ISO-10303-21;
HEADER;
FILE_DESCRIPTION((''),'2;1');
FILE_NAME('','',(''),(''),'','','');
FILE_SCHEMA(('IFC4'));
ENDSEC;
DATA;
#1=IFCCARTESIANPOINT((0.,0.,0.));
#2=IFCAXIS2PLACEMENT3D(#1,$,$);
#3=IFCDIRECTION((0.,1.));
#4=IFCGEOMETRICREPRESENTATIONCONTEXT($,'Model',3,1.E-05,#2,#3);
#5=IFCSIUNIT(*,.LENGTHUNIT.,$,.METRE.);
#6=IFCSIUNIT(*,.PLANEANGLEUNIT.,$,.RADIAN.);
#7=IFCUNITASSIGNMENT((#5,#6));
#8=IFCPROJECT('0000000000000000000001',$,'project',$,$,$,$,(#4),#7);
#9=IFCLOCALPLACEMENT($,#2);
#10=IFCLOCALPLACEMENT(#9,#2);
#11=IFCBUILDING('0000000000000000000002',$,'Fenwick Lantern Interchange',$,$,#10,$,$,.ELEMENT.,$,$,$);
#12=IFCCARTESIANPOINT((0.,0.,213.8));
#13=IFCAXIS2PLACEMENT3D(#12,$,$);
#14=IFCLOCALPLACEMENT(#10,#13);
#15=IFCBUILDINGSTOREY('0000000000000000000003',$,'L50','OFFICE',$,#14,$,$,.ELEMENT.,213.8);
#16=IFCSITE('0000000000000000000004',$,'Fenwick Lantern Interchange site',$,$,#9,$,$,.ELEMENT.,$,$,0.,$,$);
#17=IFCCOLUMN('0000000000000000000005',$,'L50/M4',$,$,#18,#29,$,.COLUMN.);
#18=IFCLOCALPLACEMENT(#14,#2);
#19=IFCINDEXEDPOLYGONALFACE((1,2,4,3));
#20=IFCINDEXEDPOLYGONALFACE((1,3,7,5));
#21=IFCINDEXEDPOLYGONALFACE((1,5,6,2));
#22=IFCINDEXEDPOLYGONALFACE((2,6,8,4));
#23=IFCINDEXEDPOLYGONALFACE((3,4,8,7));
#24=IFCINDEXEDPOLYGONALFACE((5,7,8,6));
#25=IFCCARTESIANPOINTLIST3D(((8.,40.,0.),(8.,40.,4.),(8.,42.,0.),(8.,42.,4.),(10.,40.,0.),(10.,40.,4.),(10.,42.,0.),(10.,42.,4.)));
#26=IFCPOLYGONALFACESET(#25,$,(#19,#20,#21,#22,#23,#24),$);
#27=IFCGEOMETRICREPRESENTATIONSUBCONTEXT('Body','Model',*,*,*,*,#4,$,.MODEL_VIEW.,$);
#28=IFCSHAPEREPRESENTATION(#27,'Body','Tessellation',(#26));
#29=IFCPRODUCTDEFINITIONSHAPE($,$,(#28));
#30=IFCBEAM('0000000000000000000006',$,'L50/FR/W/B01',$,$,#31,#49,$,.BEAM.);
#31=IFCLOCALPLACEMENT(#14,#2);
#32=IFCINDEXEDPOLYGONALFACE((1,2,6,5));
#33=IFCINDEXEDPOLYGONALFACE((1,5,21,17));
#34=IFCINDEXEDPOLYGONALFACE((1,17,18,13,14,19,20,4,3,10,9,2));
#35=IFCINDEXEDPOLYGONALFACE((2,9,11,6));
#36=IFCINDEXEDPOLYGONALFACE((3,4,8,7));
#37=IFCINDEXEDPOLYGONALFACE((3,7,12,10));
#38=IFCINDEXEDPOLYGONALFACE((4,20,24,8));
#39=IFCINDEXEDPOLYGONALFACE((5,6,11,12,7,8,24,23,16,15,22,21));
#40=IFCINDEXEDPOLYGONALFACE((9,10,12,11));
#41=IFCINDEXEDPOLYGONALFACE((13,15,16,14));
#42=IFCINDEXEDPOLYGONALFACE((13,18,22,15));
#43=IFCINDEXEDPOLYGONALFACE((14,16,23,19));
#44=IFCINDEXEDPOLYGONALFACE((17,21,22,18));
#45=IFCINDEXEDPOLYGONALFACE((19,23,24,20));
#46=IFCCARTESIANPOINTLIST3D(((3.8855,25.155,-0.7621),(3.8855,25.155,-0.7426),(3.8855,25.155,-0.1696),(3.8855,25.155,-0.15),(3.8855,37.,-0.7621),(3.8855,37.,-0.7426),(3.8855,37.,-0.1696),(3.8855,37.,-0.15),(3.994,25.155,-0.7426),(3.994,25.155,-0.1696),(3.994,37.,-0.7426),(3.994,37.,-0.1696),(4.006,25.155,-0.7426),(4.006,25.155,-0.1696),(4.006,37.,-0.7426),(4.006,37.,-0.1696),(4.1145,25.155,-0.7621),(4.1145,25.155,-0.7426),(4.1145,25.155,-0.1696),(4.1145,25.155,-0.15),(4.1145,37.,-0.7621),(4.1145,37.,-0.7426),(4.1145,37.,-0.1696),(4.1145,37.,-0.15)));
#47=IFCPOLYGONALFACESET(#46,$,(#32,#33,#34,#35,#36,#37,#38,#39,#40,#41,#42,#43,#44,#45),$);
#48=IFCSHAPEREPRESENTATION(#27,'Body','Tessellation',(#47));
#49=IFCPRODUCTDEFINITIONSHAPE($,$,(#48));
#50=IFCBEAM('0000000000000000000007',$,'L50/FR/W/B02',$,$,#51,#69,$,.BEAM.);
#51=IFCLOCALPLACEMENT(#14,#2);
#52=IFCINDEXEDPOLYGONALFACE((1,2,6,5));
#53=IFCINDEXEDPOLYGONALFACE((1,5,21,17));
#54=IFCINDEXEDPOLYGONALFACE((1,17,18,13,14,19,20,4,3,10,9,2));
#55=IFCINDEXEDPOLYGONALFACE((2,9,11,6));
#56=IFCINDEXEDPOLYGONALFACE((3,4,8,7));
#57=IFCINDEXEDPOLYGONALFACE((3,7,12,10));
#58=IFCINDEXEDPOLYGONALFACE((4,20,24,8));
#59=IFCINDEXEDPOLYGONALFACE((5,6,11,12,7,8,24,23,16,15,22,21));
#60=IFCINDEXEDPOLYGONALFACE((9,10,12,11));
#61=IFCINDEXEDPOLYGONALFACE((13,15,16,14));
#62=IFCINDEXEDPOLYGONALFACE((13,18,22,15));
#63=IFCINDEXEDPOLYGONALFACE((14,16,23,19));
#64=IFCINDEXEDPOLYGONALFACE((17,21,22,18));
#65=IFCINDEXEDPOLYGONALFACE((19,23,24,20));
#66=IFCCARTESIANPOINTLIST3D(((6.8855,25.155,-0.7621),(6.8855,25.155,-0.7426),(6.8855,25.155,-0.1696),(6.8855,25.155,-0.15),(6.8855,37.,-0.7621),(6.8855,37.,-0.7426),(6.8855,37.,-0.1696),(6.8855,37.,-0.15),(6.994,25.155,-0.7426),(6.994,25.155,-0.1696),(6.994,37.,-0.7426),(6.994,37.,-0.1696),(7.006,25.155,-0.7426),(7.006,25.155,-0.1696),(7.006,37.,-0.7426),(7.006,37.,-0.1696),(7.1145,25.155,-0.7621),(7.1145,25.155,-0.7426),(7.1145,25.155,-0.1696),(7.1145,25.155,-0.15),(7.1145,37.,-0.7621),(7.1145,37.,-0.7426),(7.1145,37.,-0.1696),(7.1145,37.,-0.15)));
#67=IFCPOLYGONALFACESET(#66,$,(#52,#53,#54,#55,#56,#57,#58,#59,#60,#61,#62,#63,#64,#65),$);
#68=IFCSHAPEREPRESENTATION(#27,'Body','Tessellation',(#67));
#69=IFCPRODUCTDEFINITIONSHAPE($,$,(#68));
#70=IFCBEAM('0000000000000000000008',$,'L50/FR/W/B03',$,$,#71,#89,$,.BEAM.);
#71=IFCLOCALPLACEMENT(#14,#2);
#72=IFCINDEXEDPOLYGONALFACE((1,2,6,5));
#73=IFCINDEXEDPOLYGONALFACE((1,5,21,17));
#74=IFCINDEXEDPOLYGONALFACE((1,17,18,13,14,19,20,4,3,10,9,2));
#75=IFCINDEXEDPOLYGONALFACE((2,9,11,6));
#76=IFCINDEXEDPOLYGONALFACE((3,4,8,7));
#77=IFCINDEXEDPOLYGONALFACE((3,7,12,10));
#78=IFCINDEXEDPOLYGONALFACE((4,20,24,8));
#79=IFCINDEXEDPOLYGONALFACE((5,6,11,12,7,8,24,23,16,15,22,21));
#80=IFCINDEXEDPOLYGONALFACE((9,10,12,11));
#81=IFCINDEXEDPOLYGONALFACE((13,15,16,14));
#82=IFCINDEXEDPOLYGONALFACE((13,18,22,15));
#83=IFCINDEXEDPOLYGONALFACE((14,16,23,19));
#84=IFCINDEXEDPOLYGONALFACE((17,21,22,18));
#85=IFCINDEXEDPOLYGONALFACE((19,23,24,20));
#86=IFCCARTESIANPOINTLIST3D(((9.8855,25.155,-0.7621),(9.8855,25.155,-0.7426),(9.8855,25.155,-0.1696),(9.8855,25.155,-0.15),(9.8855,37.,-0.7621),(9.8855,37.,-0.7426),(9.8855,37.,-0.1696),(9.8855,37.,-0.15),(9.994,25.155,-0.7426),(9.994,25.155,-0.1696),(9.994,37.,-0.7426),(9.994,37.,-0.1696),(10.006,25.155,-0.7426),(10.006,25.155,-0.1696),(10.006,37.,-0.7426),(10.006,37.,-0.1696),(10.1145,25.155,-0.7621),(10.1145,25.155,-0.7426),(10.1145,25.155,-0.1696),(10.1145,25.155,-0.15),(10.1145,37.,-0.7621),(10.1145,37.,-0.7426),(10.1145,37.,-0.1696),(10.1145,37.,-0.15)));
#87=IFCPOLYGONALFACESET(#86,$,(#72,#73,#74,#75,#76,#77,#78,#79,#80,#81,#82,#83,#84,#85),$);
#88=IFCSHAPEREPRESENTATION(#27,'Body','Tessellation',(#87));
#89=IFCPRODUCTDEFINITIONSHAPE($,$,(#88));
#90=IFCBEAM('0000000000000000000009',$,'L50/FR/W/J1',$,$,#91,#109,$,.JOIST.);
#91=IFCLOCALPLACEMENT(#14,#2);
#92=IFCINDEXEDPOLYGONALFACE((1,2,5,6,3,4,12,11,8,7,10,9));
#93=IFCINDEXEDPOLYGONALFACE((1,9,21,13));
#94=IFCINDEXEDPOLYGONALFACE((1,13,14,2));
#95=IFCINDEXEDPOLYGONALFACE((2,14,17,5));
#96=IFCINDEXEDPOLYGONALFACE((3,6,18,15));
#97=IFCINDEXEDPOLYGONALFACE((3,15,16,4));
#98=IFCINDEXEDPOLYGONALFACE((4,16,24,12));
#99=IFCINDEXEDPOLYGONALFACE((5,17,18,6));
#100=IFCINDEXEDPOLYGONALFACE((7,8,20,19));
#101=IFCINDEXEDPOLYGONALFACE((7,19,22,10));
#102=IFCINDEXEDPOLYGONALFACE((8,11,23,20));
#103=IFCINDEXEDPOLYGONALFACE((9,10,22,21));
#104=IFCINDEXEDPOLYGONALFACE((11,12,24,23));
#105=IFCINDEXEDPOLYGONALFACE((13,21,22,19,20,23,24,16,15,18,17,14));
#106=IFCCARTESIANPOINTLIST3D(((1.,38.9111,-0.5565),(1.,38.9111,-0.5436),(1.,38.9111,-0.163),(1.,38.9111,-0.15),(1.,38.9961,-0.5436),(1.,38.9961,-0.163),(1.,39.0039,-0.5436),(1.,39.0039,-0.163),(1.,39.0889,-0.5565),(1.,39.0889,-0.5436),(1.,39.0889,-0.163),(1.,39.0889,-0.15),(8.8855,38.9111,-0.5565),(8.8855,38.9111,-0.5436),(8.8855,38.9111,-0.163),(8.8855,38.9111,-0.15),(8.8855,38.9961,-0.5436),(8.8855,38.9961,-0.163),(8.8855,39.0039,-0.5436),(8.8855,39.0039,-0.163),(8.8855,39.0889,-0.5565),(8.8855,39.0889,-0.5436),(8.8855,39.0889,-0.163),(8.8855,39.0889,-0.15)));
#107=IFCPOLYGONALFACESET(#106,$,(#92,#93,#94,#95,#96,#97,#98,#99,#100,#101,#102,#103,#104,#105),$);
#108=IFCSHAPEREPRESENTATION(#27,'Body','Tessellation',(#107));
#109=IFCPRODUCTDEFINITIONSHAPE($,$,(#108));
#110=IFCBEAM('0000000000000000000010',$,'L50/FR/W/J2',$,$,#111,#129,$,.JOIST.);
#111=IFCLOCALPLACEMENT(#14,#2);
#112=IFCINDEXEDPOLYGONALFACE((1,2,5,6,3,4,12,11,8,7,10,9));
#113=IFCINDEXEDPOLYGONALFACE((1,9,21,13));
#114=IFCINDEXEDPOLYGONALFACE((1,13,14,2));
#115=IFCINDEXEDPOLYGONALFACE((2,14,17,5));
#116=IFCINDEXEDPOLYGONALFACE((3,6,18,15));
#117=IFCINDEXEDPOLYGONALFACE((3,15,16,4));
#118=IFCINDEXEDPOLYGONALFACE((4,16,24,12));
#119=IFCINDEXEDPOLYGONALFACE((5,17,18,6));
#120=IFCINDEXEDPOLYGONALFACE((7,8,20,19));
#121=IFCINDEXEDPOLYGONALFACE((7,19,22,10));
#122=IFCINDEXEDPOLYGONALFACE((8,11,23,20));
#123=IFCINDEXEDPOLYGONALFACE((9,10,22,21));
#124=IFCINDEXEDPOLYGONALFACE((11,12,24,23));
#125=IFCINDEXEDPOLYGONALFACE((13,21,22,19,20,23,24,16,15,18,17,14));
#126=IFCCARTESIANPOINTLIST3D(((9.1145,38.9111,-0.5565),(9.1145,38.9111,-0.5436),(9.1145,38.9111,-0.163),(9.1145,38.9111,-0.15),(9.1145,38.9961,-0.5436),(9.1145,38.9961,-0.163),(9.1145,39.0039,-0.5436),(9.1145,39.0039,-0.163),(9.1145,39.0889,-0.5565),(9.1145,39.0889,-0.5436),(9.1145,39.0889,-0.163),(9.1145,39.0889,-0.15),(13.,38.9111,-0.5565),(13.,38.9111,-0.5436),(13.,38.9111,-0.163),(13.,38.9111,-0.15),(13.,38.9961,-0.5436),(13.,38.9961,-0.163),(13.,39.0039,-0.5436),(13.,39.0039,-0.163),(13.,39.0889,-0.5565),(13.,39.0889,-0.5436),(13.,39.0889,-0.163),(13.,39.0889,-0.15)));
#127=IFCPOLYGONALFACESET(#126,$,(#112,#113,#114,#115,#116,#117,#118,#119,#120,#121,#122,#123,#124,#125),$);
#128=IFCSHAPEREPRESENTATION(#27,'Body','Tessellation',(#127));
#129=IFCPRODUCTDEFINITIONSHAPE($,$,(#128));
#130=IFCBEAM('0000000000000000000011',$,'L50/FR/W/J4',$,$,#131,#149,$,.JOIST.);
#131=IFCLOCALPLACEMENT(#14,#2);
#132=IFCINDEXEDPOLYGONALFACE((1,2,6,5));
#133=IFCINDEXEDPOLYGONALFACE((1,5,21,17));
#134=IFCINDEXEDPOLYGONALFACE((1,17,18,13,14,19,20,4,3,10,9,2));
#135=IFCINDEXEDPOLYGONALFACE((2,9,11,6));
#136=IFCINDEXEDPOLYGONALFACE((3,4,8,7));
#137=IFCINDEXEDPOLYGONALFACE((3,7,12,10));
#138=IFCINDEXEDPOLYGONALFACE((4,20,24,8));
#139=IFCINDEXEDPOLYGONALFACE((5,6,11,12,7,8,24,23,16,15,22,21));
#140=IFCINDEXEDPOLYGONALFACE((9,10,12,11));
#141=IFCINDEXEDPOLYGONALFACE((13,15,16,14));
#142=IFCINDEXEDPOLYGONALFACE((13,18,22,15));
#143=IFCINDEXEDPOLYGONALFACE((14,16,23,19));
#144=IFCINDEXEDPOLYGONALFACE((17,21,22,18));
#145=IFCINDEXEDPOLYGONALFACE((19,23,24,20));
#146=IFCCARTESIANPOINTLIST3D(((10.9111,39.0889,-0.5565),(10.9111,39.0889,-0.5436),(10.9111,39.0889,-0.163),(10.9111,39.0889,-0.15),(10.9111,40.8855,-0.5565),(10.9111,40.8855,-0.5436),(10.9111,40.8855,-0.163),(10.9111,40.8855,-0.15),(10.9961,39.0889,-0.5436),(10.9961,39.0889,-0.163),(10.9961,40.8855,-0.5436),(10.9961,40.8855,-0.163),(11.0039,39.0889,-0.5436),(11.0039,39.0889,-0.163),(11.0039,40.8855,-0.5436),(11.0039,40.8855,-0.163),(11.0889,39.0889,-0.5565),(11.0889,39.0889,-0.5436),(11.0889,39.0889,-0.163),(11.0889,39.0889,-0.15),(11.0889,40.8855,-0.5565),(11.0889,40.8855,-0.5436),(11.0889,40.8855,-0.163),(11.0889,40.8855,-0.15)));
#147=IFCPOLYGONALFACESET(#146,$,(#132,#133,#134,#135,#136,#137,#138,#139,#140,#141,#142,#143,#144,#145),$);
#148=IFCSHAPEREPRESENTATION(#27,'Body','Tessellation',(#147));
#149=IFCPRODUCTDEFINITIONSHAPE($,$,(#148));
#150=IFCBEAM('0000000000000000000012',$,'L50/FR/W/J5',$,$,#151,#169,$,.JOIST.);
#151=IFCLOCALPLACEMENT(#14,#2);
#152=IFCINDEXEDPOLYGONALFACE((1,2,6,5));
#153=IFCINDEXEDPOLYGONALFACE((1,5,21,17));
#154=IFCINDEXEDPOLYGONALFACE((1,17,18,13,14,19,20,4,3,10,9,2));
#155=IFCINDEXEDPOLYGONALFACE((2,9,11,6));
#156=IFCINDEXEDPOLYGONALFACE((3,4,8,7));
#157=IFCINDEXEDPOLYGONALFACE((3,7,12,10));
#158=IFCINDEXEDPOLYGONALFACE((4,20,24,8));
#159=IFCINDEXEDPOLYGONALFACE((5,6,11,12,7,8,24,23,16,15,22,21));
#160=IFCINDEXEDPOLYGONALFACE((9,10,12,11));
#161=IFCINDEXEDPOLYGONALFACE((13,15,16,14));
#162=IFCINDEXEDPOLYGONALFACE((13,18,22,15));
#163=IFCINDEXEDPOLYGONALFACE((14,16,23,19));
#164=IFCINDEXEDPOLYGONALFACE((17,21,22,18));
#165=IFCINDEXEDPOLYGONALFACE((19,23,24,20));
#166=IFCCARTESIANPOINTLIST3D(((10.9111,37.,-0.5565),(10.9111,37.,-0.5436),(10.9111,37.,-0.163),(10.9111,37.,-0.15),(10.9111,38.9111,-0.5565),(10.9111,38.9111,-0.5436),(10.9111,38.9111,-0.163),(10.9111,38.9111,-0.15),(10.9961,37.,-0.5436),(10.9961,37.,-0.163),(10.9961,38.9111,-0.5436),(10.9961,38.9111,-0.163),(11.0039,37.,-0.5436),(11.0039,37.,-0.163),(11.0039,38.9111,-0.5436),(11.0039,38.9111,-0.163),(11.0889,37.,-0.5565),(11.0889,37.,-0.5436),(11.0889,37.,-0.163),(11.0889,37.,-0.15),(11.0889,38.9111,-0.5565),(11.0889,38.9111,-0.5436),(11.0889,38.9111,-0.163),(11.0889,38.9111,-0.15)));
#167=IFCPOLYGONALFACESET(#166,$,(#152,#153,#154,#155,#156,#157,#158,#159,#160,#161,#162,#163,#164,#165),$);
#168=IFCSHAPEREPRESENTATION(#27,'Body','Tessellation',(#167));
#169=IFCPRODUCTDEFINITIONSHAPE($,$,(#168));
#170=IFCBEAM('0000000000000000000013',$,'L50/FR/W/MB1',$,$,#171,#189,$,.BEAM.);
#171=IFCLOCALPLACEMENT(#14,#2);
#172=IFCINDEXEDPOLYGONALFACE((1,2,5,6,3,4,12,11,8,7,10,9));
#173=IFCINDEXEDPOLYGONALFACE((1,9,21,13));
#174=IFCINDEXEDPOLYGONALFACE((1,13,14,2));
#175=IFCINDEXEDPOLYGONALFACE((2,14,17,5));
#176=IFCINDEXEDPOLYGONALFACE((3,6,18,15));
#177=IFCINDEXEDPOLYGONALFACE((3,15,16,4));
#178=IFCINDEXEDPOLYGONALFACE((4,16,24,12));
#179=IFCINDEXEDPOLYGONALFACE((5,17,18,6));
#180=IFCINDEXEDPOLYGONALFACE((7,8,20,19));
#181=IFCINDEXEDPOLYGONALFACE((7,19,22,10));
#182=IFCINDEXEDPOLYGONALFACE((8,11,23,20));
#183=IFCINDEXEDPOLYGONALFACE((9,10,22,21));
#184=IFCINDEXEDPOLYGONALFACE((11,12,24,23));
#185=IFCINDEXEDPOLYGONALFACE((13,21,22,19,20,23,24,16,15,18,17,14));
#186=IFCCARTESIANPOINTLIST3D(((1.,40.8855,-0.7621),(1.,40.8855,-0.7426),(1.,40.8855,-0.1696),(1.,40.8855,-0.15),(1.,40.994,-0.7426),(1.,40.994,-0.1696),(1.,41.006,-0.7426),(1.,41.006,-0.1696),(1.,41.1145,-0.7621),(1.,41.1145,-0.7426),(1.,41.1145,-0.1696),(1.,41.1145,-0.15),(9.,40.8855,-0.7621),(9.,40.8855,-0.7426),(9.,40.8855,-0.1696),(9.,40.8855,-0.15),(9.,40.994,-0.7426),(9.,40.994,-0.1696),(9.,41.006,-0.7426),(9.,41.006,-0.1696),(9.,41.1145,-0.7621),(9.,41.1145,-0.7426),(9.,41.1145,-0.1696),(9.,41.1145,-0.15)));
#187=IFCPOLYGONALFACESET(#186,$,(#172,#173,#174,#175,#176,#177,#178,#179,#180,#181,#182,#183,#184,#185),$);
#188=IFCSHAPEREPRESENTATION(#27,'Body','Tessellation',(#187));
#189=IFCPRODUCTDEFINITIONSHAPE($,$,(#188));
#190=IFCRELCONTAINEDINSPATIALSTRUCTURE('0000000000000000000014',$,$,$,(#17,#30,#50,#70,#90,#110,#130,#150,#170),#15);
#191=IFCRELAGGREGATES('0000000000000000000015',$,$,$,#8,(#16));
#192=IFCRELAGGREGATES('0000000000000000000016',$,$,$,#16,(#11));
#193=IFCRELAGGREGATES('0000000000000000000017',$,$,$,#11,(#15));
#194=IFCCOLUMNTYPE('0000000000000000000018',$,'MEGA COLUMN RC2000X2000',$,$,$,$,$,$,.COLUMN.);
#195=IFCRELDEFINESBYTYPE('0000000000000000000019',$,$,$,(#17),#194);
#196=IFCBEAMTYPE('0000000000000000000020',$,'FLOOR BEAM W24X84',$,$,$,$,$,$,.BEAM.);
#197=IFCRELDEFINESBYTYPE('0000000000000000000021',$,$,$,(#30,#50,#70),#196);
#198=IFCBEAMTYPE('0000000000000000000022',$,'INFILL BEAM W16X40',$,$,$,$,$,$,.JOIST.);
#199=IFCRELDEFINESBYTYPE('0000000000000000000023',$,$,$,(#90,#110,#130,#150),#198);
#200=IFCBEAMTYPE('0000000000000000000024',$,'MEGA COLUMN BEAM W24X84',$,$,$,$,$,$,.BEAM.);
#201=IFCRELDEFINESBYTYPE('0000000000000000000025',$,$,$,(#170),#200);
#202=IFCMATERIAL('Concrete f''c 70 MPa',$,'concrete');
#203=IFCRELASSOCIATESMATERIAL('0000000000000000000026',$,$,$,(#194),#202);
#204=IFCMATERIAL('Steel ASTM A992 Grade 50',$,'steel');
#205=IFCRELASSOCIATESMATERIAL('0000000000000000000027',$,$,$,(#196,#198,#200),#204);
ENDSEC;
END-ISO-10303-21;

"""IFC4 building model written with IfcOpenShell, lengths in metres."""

from ifc_helpers import new_model, si_unit, direction, frame, origin, origin_2d, place, context, subcontext, project, spatial, rectangle, i_section, extrude, material, material_profile, profile_set, type_object, element, save


model = new_model("IFC4")

# Units and contexts
model_context = context("Model", 3, precision=1e-05, world=origin(), true_north=direction((0.0, 1.0)))
body_context = subcontext(model_context, "Body", "Model", "MODEL_VIEW")
ifc_project = project(units=[si_unit("LENGTHUNIT", "METRE"), si_unit("PLANEANGLEUNIT", "RADIAN")], contexts=[model_context])

# Site, building, storey
site_placement = place(None, origin())
site = spatial("IfcSite", under=ifc_project, at=site_placement, Name="Fenwick Lantern Interchange site", CompositionType="ELEMENT", RefElevation=0.0)
building_placement = place(site_placement, origin())
building = spatial("IfcBuilding", under=site, at=building_placement, Name="Fenwick Lantern Interchange", CompositionType="ELEMENT")
storey_placement = place(building_placement, frame((0.0, 0.0, 213.8)))
storey = spatial("IfcBuildingStorey", under=building, at=storey_placement, Name="L50", Description="OFFICE", CompositionType="ELEMENT", Elevation=213.8)

# Column
ifc_material_1 = material(Name="Concrete f'c 70 MPa", Category="concrete")
ifc_material_profile_1 = material_profile(ifc_material_1, rectangle(XDim=2.0, YDim=2.0, at=origin_2d()), Name="RC2000X2000")
ifc_profile_set_1 = profile_set([ifc_material_profile_1], Name="Concrete f'c 70 MPa")
column_type = type_object("IfcColumnType", Name="MEGA COLUMN RC2000X2000", PredefinedType="COLUMN", material=ifc_profile_set_1)
column_placement = place(storey_placement, frame((9.0, 41.0, 0.0), z_axis=(0.0, 0.0, 1.0), x_axis=(1.0, 0.0, 0.0)))
element("IfcColumn", 1, at=column_placement, inside=storey, type_object=column_type, Name="L50/M4", PredefinedType="COLUMN", context=body_context, shape_type="SweptSolid", body=[
    extrude(rectangle(XDim=2.0, YDim=2.0, at=origin_2d()), origin(), (0.0, 0.0, 1.0), 4.0),
])

# Beams
ifc_material_2 = material(Name="Steel ASTM A992 Grade 50", Category="steel")
ifc_material_profile_2 = material_profile(ifc_material_2, i_section(OverallWidth=0.229, OverallDepth=0.6121, WebThickness=0.012, FlangeThickness=0.0195, at=origin_2d()), Name="W24X84")
ifc_profile_set_2 = profile_set([ifc_material_profile_2], Name="Steel ASTM A992 Grade 50")
beam_type_1 = type_object("IfcBeamType", Name="FLOOR BEAM W24X84", PredefinedType="BEAM", material=ifc_profile_set_2)
for number, where, z_axis, x_axis, name in (
    (2, (4.0, 37.0, -0.4561), (0.0, -1.0, 0.0), (1.0, 0.0, 0.0), "L50/FR/W/B01"),
    (3, (7.0, 37.0, -0.4561), (0.0, -1.0, 0.0), (1.0, 0.0, 0.0), "L50/FR/W/B02"),
    (4, (10.0, 37.0, -0.4561), (0.0, -1.0, 0.0), (1.0, 0.0, 0.0), "L50/FR/W/B03"),
):
    element("IfcBeam", number, at=place(storey_placement, frame(where, z_axis=z_axis, x_axis=x_axis)), inside=storey, type_object=beam_type_1, Name=name, PredefinedType="BEAM", context=body_context, shape_type="SweptSolid", body=[
        extrude(i_section(OverallWidth=0.229, OverallDepth=0.6121, WebThickness=0.012, FlangeThickness=0.0195, at=origin_2d()), origin(), (0.0, 0.0, 1.0), 11.845),
    ])
ifc_material_profile_3 = material_profile(ifc_material_2, i_section(OverallWidth=0.1777, OverallDepth=0.4065, WebThickness=0.0078, FlangeThickness=0.0129, at=origin_2d()), Name="W16X40")
ifc_profile_set_3 = profile_set([ifc_material_profile_3], Name="Steel ASTM A992 Grade 50")
beam_type_2 = type_object("IfcBeamType", Name="INFILL BEAM W16X40", PredefinedType="JOIST", material=ifc_profile_set_3)
beam_1_placement = place(storey_placement, frame((1.0, 39.0, -0.3533), z_axis=(1.0, 0.0, 0.0), x_axis=(0.0, 1.0, 0.0)))
element("IfcBeam", 5, at=beam_1_placement, inside=storey, type_object=beam_type_2, Name="L50/FR/W/J1", PredefinedType="JOIST", context=body_context, shape_type="SweptSolid", body=[
    extrude(i_section(OverallWidth=0.1777, OverallDepth=0.4065, WebThickness=0.0078, FlangeThickness=0.0129, at=origin_2d()), origin(), (0.0, 0.0, 1.0), 7.8855),
])
beam_2_placement = place(storey_placement, frame((9.1145, 39.0, -0.3533), z_axis=(1.0, 0.0, 0.0), x_axis=(0.0, 1.0, 0.0)))
element("IfcBeam", 6, at=beam_2_placement, inside=storey, type_object=beam_type_2, Name="L50/FR/W/J2", PredefinedType="JOIST", context=body_context, shape_type="SweptSolid", body=[
    extrude(i_section(OverallWidth=0.1777, OverallDepth=0.4065, WebThickness=0.0078, FlangeThickness=0.0129, at=origin_2d()), origin(), (0.0, 0.0, 1.0), 3.8855),
])
beam_3_placement = place(storey_placement, frame((11.0, 40.8855, -0.3533), z_axis=(0.0, -1.0, 0.0), x_axis=(1.0, 0.0, 0.0)))
element("IfcBeam", 7, at=beam_3_placement, inside=storey, type_object=beam_type_2, Name="L50/FR/W/J4", PredefinedType="JOIST", context=body_context, shape_type="SweptSolid", body=[
    extrude(i_section(OverallWidth=0.1777, OverallDepth=0.4065, WebThickness=0.0078, FlangeThickness=0.0129, at=origin_2d()), origin(), (0.0, 0.0, 1.0), 1.7966),
])
beam_4_placement = place(storey_placement, frame((11.0, 38.9111, -0.3533), z_axis=(0.0, -1.0, 0.0), x_axis=(1.0, 0.0, 0.0)))
element("IfcBeam", 8, at=beam_4_placement, inside=storey, type_object=beam_type_2, Name="L50/FR/W/J5", PredefinedType="JOIST", context=body_context, shape_type="SweptSolid", body=[
    extrude(i_section(OverallWidth=0.1777, OverallDepth=0.4065, WebThickness=0.0078, FlangeThickness=0.0129, at=origin_2d()), origin(), (0.0, 0.0, 1.0), 1.9111),
])
ifc_material_profile_4 = material_profile(ifc_material_2, i_section(OverallWidth=0.229, OverallDepth=0.6121, WebThickness=0.012, FlangeThickness=0.0195, at=origin_2d()), Name="W24X84")
ifc_profile_set_4 = profile_set([ifc_material_profile_4], Name="Steel ASTM A992 Grade 50")
beam_type_3 = type_object("IfcBeamType", Name="MEGA COLUMN BEAM W24X84", PredefinedType="BEAM", material=ifc_profile_set_4)
for number, where, z_axis, x_axis, name in (
    (9, (9.0, 41.0, -0.4561), (-1.0, 0.0, 0.0), (0.0, -1.0, 0.0), "L50/FR/W/MB1"),
):
    element("IfcBeam", number, at=place(storey_placement, frame(where, z_axis=z_axis, x_axis=x_axis)), inside=storey, type_object=beam_type_3, Name=name, PredefinedType="BEAM", context=body_context, shape_type="SweptSolid", body=[
        extrude(i_section(OverallWidth=0.229, OverallDepth=0.6121, WebThickness=0.012, FlangeThickness=0.0195, at=origin_2d()), origin(), (0.0, 0.0, 1.0), 8.0),
    ])

save(model, "model.ifc")
